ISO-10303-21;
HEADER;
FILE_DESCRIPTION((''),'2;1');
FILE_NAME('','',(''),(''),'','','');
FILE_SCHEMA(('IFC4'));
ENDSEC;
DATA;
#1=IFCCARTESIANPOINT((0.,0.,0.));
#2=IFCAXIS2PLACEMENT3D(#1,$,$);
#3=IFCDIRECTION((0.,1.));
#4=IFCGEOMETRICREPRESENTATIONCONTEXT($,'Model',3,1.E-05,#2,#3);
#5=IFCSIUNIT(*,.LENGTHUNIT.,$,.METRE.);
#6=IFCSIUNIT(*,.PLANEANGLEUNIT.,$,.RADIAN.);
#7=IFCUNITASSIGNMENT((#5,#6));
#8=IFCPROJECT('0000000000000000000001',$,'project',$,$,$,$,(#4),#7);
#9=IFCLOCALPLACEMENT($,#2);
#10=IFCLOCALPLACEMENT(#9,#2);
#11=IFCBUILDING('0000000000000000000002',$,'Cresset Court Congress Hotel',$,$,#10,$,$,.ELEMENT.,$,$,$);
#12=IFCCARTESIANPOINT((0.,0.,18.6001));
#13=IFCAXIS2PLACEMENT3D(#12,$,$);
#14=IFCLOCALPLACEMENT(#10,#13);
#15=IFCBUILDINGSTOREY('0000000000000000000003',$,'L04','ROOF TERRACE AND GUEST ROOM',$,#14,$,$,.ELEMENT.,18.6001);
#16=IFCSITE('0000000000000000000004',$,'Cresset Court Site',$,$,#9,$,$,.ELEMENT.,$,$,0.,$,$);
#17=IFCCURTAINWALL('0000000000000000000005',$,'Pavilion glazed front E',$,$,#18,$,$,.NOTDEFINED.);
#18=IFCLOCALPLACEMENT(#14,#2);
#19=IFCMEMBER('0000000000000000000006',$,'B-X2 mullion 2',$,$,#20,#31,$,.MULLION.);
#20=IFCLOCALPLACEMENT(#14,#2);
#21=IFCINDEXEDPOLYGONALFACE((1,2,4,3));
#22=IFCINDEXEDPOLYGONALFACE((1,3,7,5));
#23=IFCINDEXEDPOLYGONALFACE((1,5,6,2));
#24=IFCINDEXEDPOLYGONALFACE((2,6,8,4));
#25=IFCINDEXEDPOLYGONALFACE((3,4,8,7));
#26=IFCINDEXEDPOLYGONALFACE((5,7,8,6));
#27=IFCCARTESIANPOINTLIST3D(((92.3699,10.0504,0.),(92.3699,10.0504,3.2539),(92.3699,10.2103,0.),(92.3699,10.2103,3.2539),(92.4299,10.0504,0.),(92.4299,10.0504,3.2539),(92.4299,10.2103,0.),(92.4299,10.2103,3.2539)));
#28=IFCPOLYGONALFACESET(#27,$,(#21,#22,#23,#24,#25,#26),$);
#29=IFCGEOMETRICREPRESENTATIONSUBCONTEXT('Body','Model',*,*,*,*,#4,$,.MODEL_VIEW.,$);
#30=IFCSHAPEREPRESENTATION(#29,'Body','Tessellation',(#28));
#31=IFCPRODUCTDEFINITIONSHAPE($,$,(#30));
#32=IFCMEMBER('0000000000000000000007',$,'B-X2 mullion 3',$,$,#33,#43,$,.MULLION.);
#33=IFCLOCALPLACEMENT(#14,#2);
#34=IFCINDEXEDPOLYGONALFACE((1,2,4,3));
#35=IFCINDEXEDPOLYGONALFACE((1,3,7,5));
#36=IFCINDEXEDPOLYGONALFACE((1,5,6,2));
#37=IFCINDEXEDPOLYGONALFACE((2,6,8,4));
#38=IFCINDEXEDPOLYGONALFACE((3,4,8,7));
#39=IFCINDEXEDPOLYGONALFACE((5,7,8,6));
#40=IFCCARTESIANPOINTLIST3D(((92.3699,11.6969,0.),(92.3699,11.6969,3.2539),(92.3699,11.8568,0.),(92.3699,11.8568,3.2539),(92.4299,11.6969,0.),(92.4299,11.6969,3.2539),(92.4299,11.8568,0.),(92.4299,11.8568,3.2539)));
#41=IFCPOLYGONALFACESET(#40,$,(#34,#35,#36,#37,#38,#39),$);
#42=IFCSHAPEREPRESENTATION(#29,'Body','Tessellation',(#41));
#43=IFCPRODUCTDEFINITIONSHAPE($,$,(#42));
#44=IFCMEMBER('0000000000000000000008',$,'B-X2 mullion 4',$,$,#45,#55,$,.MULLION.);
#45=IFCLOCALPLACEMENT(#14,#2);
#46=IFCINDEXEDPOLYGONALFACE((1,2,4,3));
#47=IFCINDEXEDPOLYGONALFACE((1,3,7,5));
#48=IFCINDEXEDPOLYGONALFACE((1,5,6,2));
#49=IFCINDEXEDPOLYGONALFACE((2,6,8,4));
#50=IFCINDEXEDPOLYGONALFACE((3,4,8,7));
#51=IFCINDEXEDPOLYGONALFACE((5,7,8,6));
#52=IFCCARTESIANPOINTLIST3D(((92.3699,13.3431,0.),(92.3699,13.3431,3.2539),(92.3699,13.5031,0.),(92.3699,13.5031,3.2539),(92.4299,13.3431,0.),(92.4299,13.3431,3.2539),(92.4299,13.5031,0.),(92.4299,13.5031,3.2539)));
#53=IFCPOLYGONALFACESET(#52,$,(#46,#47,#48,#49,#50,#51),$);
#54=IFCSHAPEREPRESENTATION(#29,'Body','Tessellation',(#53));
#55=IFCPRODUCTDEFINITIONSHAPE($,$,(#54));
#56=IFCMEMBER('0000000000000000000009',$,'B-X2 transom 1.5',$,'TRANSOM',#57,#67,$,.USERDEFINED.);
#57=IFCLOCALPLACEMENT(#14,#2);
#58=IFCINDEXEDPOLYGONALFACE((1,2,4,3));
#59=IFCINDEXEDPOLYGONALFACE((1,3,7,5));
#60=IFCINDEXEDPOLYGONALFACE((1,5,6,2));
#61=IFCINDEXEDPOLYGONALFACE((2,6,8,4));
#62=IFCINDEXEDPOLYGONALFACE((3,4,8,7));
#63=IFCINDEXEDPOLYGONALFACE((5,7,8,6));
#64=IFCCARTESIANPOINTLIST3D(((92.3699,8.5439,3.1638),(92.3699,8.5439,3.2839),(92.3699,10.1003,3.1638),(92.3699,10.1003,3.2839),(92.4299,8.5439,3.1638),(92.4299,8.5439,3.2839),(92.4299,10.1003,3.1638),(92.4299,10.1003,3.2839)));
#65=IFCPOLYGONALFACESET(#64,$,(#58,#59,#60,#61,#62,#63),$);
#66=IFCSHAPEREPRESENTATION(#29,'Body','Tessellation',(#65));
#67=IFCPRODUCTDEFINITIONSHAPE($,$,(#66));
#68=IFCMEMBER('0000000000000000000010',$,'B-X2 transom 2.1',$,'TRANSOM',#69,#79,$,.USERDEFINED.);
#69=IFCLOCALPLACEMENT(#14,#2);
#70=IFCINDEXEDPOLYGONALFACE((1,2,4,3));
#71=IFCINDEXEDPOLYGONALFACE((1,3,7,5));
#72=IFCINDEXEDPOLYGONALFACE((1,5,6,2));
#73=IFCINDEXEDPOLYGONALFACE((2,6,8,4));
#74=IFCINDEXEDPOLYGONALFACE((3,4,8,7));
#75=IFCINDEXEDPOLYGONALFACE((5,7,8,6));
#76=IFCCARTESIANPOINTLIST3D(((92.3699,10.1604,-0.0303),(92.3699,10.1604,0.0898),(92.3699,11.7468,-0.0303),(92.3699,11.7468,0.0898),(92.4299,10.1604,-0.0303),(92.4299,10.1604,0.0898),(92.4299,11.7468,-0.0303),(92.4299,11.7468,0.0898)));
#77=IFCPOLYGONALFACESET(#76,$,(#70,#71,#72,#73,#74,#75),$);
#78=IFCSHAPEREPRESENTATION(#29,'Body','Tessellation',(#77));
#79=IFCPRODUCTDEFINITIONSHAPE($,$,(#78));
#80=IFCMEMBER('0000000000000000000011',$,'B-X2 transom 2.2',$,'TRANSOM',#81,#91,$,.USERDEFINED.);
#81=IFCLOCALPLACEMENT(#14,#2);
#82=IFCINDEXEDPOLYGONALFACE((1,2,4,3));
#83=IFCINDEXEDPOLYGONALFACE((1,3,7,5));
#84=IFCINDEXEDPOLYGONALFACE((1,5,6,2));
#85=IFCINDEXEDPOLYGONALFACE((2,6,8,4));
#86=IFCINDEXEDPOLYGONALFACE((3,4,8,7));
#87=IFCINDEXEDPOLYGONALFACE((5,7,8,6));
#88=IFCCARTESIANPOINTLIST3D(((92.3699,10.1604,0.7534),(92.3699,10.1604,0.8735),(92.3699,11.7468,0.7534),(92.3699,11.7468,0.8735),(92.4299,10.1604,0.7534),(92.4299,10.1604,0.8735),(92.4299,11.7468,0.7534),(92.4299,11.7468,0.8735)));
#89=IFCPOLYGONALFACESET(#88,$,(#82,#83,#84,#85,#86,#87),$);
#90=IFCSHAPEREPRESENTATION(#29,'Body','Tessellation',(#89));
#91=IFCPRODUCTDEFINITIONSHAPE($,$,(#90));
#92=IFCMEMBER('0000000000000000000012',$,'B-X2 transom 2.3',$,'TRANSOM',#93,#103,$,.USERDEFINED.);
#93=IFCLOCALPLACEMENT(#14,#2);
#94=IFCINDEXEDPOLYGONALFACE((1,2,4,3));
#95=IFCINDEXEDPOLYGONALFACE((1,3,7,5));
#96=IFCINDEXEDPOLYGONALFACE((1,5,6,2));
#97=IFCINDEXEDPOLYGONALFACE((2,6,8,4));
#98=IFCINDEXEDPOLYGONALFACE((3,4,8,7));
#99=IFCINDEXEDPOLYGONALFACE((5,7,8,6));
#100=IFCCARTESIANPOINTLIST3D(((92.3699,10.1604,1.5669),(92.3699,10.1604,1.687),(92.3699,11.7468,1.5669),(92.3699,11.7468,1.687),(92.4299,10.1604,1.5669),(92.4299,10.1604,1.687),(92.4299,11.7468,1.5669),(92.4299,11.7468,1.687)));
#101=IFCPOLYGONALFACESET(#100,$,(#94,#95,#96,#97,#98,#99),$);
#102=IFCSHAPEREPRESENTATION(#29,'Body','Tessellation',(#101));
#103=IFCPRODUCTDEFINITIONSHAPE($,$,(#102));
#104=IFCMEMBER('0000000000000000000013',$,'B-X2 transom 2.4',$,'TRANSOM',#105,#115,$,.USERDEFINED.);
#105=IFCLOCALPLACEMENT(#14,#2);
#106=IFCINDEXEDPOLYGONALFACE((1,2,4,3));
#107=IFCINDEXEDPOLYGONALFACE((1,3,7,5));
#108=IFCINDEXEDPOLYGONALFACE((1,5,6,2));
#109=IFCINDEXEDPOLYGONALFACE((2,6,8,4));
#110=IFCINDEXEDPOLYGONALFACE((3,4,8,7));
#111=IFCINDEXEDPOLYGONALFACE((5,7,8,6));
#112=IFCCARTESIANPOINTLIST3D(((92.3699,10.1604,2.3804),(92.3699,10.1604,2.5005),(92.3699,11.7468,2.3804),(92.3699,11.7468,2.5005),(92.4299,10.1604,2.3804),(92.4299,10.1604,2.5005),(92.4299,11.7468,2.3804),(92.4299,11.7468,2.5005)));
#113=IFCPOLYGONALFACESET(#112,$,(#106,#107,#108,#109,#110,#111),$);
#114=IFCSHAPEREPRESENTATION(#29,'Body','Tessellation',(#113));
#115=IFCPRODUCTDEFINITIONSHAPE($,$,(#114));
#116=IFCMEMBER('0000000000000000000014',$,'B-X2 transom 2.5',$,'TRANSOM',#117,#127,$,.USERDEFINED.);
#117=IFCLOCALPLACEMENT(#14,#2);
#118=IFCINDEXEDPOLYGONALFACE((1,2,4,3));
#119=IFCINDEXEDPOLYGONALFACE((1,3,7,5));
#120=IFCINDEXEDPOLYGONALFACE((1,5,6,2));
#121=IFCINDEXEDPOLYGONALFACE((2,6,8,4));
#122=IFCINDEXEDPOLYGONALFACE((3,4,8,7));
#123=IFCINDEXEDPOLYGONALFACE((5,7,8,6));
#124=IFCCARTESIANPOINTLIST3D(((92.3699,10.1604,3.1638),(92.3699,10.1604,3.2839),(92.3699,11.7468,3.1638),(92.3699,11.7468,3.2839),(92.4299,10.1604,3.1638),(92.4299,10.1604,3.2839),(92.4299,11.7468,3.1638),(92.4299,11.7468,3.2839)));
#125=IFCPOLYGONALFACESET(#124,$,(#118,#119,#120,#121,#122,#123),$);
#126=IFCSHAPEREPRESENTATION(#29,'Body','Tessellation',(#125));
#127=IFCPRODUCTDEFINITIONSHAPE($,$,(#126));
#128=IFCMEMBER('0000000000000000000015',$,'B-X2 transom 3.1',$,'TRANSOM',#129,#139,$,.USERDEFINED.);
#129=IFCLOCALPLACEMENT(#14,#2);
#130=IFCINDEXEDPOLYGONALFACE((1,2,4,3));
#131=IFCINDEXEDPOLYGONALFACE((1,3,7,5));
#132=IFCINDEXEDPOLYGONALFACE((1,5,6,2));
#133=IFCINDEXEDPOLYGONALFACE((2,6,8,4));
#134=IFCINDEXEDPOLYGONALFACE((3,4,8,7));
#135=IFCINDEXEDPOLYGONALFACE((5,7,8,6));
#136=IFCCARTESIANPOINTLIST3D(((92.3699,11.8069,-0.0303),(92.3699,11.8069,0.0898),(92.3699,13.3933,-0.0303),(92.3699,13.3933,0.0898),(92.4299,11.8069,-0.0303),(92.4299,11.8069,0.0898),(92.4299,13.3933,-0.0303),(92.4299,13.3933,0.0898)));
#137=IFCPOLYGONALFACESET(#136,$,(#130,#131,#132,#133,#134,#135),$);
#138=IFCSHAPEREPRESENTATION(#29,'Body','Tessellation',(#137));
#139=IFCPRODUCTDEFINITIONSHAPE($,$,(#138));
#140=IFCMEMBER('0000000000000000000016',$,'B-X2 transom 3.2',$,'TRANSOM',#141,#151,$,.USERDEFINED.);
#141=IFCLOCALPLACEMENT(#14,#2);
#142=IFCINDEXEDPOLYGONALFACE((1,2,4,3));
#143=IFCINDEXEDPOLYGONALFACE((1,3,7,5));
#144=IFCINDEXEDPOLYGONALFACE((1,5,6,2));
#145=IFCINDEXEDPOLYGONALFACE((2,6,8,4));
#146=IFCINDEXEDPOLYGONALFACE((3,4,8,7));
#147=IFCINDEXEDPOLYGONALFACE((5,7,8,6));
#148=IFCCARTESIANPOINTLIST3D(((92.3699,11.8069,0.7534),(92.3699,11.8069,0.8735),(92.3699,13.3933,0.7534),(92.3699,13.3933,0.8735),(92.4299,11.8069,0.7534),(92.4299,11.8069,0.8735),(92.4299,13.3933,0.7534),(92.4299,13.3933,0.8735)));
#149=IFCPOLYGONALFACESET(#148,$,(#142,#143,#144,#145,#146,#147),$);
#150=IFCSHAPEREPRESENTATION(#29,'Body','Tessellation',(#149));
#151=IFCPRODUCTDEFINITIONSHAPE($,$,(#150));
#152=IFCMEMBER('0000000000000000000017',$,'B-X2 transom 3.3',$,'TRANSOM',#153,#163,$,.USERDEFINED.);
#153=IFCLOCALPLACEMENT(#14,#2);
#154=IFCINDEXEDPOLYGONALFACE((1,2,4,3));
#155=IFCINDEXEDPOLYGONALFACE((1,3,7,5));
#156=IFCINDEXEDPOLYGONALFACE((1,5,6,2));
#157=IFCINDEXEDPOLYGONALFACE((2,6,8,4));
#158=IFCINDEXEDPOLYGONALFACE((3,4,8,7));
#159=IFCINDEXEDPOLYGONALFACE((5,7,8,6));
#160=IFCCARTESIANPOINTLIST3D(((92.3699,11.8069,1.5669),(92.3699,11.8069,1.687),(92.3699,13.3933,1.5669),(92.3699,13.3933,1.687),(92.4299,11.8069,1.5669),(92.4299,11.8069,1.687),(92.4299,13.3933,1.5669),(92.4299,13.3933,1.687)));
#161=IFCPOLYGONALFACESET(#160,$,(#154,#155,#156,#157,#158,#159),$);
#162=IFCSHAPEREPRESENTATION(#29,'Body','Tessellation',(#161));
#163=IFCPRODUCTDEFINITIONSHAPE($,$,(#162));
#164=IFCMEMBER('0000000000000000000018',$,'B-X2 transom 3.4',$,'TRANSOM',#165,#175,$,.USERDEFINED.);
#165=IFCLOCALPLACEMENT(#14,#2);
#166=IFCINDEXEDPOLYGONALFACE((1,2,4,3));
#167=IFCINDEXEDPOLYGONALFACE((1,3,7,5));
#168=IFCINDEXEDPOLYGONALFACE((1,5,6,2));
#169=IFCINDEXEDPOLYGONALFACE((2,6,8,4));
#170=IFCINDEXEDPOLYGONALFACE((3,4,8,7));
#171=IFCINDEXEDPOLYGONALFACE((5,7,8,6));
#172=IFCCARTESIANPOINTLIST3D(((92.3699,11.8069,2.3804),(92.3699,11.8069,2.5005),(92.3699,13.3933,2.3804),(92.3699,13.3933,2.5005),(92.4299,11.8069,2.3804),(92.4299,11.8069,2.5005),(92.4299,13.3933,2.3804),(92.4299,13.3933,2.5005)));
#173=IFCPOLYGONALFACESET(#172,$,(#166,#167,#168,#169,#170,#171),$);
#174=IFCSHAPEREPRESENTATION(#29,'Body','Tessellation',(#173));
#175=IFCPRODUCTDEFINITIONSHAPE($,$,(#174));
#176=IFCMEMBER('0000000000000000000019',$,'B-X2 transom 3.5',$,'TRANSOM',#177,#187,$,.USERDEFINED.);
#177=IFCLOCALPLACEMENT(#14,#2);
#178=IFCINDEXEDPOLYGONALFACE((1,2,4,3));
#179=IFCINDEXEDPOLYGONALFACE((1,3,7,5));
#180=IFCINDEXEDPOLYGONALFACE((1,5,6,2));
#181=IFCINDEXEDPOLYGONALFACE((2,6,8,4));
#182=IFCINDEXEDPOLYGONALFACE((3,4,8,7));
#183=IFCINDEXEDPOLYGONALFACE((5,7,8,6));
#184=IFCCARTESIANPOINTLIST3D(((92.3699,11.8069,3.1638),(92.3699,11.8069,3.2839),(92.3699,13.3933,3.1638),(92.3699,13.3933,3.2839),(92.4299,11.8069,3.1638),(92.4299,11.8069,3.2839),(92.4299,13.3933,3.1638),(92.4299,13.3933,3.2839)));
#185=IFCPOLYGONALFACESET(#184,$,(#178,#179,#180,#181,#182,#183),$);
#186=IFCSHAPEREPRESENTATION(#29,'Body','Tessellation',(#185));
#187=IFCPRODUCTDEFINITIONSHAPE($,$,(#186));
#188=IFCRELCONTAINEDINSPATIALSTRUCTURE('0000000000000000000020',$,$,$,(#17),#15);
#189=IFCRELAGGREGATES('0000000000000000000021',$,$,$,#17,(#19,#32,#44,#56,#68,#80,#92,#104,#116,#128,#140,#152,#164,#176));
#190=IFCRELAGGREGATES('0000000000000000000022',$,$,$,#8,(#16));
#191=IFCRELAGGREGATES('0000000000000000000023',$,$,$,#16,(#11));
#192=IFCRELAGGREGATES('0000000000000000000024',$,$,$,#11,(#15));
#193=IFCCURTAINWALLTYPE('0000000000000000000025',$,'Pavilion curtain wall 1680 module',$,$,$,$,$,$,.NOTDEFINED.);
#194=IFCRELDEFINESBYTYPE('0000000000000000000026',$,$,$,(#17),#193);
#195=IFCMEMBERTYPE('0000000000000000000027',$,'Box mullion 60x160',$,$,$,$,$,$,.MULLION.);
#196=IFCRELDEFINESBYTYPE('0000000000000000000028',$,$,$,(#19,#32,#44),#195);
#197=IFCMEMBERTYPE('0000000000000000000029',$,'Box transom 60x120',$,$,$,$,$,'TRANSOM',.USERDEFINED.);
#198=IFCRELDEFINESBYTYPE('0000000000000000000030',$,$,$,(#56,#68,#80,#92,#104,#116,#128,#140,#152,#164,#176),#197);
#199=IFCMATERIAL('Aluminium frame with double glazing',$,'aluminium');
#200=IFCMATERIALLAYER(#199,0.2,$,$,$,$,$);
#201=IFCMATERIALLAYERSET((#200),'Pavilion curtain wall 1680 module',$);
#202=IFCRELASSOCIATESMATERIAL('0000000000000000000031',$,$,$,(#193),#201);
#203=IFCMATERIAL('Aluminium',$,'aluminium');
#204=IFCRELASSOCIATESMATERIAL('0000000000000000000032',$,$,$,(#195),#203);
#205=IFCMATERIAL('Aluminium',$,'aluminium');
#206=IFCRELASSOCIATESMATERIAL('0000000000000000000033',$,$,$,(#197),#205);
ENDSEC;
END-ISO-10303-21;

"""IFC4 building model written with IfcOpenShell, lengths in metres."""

from ifc_helpers import new_model, si_unit, direction, frame, origin, origin_2d, place, context, subcontext, project, spatial, rectangle, extrude, material, layer, layer_set, material_profile, profile_set, type_object, element, aggregate, save


model = new_model("IFC4")

# Units and contexts
model_context = context("Model", 3, precision=1e-05, world=origin(), true_north=direction((0.0, 1.0)))
body_context = subcontext(model_context, "Body", "Model", "MODEL_VIEW")
ifc_project = project(units=[si_unit("LENGTHUNIT", "METRE"), si_unit("PLANEANGLEUNIT", "RADIAN")], contexts=[model_context])

# Site, building, storey
site_placement = place(None, origin())
site = spatial("IfcSite", under=ifc_project, at=site_placement, Name="Cresset Court Site", CompositionType="ELEMENT", RefElevation=0.0)
building_placement = place(site_placement, origin())
building = spatial("IfcBuilding", under=site, at=building_placement, Name="Cresset Court Congress Hotel", CompositionType="ELEMENT")
storey_placement = place(building_placement, frame((0.0, 0.0, 18.6001)))
storey = spatial("IfcBuildingStorey", under=building, at=storey_placement, Name="L04", Description="ROOF TERRACE AND GUEST ROOM", CompositionType="ELEMENT", Elevation=18.6001)

# Curtain wall, members
ifc_material_1 = material(Name="Aluminium frame with double glazing", Category="aluminium")
ifc_layer_1 = layer(ifc_material_1, 0.2)
ifc_layer_set_1 = layer_set([ifc_layer_1], Name="Pavilion curtain wall 1680 module")
curtain_wall_type = type_object("IfcCurtainWallType", Name="Pavilion curtain wall 1680 module", PredefinedType="NOTDEFINED", material=ifc_layer_set_1)
curtain_wall_placement = place(storey_placement, origin())
curtain_wall = element("IfcCurtainWall", 1, at=curtain_wall_placement, inside=storey, type_object=curtain_wall_type, Name="Pavilion glazed front E", PredefinedType="NOTDEFINED")
ifc_material_2 = material(Name="Aluminium", Category="aluminium")
ifc_material_profile_1 = material_profile(ifc_material_2, rectangle(XDim=0.0601, YDim=0.1599, at=origin_2d()), Name="Box mullion 60x160")
ifc_profile_set_1 = profile_set([ifc_material_profile_1], Name="Aluminium")
member_type_1 = type_object("IfcMemberType", Name="Box mullion 60x160", PredefinedType="MULLION", material=ifc_profile_set_1)
member_1_placement = place(storey_placement, frame((92.3999, 10.1304, 0.0), z_axis=(0.0, 0.0, 1.0), x_axis=(-1.0, 0.0, 0.0)))
member_1 = element("IfcMember", 2, at=member_1_placement, type_object=member_type_1, Name="B-X2 mullion 2", PredefinedType="MULLION", context=body_context, shape_type="SweptSolid", body=[
    extrude(rectangle(XDim=0.0601, YDim=0.1599, at=origin_2d()), origin(), (0.0, 0.0, 1.0), 3.2539),
])
member_2_placement = place(storey_placement, frame((92.3999, 11.7769, 0.0), z_axis=(0.0, 0.0, 1.0), x_axis=(-1.0, 0.0, 0.0)))
member_2 = element("IfcMember", 3, at=member_2_placement, type_object=member_type_1, Name="B-X2 mullion 3", PredefinedType="MULLION", context=body_context, shape_type="SweptSolid", body=[
    extrude(rectangle(XDim=0.0601, YDim=0.1599, at=origin_2d()), origin(), (0.0, 0.0, 1.0), 3.2539),
])
member_3_placement = place(storey_placement, frame((92.3999, 13.4231, 0.0), z_axis=(0.0, 0.0, 1.0), x_axis=(-1.0, 0.0, 0.0)))
member_3 = element("IfcMember", 4, at=member_3_placement, type_object=member_type_1, Name="B-X2 mullion 4", PredefinedType="MULLION", context=body_context, shape_type="SweptSolid", body=[
    extrude(rectangle(XDim=0.0601, YDim=0.1599, at=origin_2d()), origin(), (0.0, 0.0, 1.0), 3.2539),
])
ifc_material_3 = material(Name="Aluminium", Category="aluminium")
ifc_material_profile_2 = material_profile(ifc_material_3, rectangle(XDim=0.0601, YDim=0.1201, at=origin_2d()), Name="Box transom 60x120")
ifc_profile_set_2 = profile_set([ifc_material_profile_2], Name="Aluminium")
member_type_2 = type_object("IfcMemberType", Name="Box transom 60x120", ElementType="TRANSOM", PredefinedType="USERDEFINED", material=ifc_profile_set_2)
member_4_placement = place(storey_placement, frame((92.3999, 8.5439, 3.2239), z_axis=(0.0, 1.0, 0.0), x_axis=(-1.0, 0.0, 0.0)))
member_4 = element("IfcMember", 5, at=member_4_placement, type_object=member_type_2, Name="B-X2 transom 1.5", ObjectType="TRANSOM", PredefinedType="USERDEFINED", context=body_context, shape_type="SweptSolid", body=[
    extrude(rectangle(XDim=0.0601, YDim=0.1201, at=origin_2d()), origin(), (0.0, 0.0, 1.0), 1.5564),
])
member_5_placement = place(storey_placement, frame((92.3999, 10.1604, 0.0298), z_axis=(0.0, 1.0, 0.0), x_axis=(-1.0, 0.0, 0.0)))
member_5 = element("IfcMember", 6, at=member_5_placement, type_object=member_type_2, Name="B-X2 transom 2.1", ObjectType="TRANSOM", PredefinedType="USERDEFINED", context=body_context, shape_type="SweptSolid", body=[
    extrude(rectangle(XDim=0.0601, YDim=0.1201, at=origin_2d()), origin(), (0.0, 0.0, 1.0), 1.5864),
])
member_6_placement = place(storey_placement, frame((92.3999, 10.1604, 0.8135), z_axis=(0.0, 1.0, 0.0), x_axis=(-1.0, 0.0, 0.0)))
member_6 = element("IfcMember", 7, at=member_6_placement, type_object=member_type_2, Name="B-X2 transom 2.2", ObjectType="TRANSOM", PredefinedType="USERDEFINED", context=body_context, shape_type="SweptSolid", body=[
    extrude(rectangle(XDim=0.0601, YDim=0.1201, at=origin_2d()), origin(), (0.0, 0.0, 1.0), 1.5864),
])
member_7_placement = place(storey_placement, frame((92.3999, 10.1604, 1.627), z_axis=(0.0, 1.0, 0.0), x_axis=(-1.0, 0.0, 0.0)))
member_7 = element("IfcMember", 8, at=member_7_placement, type_object=member_type_2, Name="B-X2 transom 2.3", ObjectType="TRANSOM", PredefinedType="USERDEFINED", context=body_context, shape_type="SweptSolid", body=[
    extrude(rectangle(XDim=0.0601, YDim=0.1201, at=origin_2d()), origin(), (0.0, 0.0, 1.0), 1.5864),
])
member_8_placement = place(storey_placement, frame((92.3999, 10.1604, 2.4404), z_axis=(0.0, 1.0, 0.0), x_axis=(-1.0, 0.0, 0.0)))
member_8 = element("IfcMember", 9, at=member_8_placement, type_object=member_type_2, Name="B-X2 transom 2.4", ObjectType="TRANSOM", PredefinedType="USERDEFINED", context=body_context, shape_type="SweptSolid", body=[
    extrude(rectangle(XDim=0.0601, YDim=0.1201, at=origin_2d()), origin(), (0.0, 0.0, 1.0), 1.5864),
])
member_9_placement = place(storey_placement, frame((92.3999, 10.1604, 3.2239), z_axis=(0.0, 1.0, 0.0), x_axis=(-1.0, 0.0, 0.0)))
member_9 = element("IfcMember", 10, at=member_9_placement, type_object=member_type_2, Name="B-X2 transom 2.5", ObjectType="TRANSOM", PredefinedType="USERDEFINED", context=body_context, shape_type="SweptSolid", body=[
    extrude(rectangle(XDim=0.0601, YDim=0.1201, at=origin_2d()), origin(), (0.0, 0.0, 1.0), 1.5864),
])
member_10_placement = place(storey_placement, frame((92.3999, 11.8069, 0.0298), z_axis=(0.0, 1.0, 0.0), x_axis=(-1.0, 0.0, 0.0)))
member_10 = element("IfcMember", 11, at=member_10_placement, type_object=member_type_2, Name="B-X2 transom 3.1", ObjectType="TRANSOM", PredefinedType="USERDEFINED", context=body_context, shape_type="SweptSolid", body=[
    extrude(rectangle(XDim=0.0601, YDim=0.1201, at=origin_2d()), origin(), (0.0, 0.0, 1.0), 1.5864),
])
member_11_placement = place(storey_placement, frame((92.3999, 11.8069, 0.8135), z_axis=(0.0, 1.0, 0.0), x_axis=(-1.0, 0.0, 0.0)))
member_11 = element("IfcMember", 12, at=member_11_placement, type_object=member_type_2, Name="B-X2 transom 3.2", ObjectType="TRANSOM", PredefinedType="USERDEFINED", context=body_context, shape_type="SweptSolid", body=[
    extrude(rectangle(XDim=0.0601, YDim=0.1201, at=origin_2d()), origin(), (0.0, 0.0, 1.0), 1.5864),
])
member_12_placement = place(storey_placement, frame((92.3999, 11.8069, 1.627), z_axis=(0.0, 1.0, 0.0), x_axis=(-1.0, 0.0, 0.0)))
member_12 = element("IfcMember", 13, at=member_12_placement, type_object=member_type_2, Name="B-X2 transom 3.3", ObjectType="TRANSOM", PredefinedType="USERDEFINED", context=body_context, shape_type="SweptSolid", body=[
    extrude(rectangle(XDim=0.0601, YDim=0.1201, at=origin_2d()), origin(), (0.0, 0.0, 1.0), 1.5864),
])
member_13_placement = place(storey_placement, frame((92.3999, 11.8069, 2.4404), z_axis=(0.0, 1.0, 0.0), x_axis=(-1.0, 0.0, 0.0)))
member_13 = element("IfcMember", 14, at=member_13_placement, type_object=member_type_2, Name="B-X2 transom 3.4", ObjectType="TRANSOM", PredefinedType="USERDEFINED", context=body_context, shape_type="SweptSolid", body=[
    extrude(rectangle(XDim=0.0601, YDim=0.1201, at=origin_2d()), origin(), (0.0, 0.0, 1.0), 1.5864),
])
member_14_placement = place(storey_placement, frame((92.3999, 11.8069, 3.2239), z_axis=(0.0, 1.0, 0.0), x_axis=(-1.0, 0.0, 0.0)))
member_14 = element("IfcMember", 15, at=member_14_placement, type_object=member_type_2, Name="B-X2 transom 3.5", ObjectType="TRANSOM", PredefinedType="USERDEFINED", context=body_context, shape_type="SweptSolid", body=[
    extrude(rectangle(XDim=0.0601, YDim=0.1201, at=origin_2d()), origin(), (0.0, 0.0, 1.0), 1.5864),
])

aggregate(curtain_wall, [member_1, member_2, member_3, member_4, member_5, member_6, member_7, member_8, member_9, member_10, member_11, member_12, member_13, member_14])

save(model, "model.ifc")
